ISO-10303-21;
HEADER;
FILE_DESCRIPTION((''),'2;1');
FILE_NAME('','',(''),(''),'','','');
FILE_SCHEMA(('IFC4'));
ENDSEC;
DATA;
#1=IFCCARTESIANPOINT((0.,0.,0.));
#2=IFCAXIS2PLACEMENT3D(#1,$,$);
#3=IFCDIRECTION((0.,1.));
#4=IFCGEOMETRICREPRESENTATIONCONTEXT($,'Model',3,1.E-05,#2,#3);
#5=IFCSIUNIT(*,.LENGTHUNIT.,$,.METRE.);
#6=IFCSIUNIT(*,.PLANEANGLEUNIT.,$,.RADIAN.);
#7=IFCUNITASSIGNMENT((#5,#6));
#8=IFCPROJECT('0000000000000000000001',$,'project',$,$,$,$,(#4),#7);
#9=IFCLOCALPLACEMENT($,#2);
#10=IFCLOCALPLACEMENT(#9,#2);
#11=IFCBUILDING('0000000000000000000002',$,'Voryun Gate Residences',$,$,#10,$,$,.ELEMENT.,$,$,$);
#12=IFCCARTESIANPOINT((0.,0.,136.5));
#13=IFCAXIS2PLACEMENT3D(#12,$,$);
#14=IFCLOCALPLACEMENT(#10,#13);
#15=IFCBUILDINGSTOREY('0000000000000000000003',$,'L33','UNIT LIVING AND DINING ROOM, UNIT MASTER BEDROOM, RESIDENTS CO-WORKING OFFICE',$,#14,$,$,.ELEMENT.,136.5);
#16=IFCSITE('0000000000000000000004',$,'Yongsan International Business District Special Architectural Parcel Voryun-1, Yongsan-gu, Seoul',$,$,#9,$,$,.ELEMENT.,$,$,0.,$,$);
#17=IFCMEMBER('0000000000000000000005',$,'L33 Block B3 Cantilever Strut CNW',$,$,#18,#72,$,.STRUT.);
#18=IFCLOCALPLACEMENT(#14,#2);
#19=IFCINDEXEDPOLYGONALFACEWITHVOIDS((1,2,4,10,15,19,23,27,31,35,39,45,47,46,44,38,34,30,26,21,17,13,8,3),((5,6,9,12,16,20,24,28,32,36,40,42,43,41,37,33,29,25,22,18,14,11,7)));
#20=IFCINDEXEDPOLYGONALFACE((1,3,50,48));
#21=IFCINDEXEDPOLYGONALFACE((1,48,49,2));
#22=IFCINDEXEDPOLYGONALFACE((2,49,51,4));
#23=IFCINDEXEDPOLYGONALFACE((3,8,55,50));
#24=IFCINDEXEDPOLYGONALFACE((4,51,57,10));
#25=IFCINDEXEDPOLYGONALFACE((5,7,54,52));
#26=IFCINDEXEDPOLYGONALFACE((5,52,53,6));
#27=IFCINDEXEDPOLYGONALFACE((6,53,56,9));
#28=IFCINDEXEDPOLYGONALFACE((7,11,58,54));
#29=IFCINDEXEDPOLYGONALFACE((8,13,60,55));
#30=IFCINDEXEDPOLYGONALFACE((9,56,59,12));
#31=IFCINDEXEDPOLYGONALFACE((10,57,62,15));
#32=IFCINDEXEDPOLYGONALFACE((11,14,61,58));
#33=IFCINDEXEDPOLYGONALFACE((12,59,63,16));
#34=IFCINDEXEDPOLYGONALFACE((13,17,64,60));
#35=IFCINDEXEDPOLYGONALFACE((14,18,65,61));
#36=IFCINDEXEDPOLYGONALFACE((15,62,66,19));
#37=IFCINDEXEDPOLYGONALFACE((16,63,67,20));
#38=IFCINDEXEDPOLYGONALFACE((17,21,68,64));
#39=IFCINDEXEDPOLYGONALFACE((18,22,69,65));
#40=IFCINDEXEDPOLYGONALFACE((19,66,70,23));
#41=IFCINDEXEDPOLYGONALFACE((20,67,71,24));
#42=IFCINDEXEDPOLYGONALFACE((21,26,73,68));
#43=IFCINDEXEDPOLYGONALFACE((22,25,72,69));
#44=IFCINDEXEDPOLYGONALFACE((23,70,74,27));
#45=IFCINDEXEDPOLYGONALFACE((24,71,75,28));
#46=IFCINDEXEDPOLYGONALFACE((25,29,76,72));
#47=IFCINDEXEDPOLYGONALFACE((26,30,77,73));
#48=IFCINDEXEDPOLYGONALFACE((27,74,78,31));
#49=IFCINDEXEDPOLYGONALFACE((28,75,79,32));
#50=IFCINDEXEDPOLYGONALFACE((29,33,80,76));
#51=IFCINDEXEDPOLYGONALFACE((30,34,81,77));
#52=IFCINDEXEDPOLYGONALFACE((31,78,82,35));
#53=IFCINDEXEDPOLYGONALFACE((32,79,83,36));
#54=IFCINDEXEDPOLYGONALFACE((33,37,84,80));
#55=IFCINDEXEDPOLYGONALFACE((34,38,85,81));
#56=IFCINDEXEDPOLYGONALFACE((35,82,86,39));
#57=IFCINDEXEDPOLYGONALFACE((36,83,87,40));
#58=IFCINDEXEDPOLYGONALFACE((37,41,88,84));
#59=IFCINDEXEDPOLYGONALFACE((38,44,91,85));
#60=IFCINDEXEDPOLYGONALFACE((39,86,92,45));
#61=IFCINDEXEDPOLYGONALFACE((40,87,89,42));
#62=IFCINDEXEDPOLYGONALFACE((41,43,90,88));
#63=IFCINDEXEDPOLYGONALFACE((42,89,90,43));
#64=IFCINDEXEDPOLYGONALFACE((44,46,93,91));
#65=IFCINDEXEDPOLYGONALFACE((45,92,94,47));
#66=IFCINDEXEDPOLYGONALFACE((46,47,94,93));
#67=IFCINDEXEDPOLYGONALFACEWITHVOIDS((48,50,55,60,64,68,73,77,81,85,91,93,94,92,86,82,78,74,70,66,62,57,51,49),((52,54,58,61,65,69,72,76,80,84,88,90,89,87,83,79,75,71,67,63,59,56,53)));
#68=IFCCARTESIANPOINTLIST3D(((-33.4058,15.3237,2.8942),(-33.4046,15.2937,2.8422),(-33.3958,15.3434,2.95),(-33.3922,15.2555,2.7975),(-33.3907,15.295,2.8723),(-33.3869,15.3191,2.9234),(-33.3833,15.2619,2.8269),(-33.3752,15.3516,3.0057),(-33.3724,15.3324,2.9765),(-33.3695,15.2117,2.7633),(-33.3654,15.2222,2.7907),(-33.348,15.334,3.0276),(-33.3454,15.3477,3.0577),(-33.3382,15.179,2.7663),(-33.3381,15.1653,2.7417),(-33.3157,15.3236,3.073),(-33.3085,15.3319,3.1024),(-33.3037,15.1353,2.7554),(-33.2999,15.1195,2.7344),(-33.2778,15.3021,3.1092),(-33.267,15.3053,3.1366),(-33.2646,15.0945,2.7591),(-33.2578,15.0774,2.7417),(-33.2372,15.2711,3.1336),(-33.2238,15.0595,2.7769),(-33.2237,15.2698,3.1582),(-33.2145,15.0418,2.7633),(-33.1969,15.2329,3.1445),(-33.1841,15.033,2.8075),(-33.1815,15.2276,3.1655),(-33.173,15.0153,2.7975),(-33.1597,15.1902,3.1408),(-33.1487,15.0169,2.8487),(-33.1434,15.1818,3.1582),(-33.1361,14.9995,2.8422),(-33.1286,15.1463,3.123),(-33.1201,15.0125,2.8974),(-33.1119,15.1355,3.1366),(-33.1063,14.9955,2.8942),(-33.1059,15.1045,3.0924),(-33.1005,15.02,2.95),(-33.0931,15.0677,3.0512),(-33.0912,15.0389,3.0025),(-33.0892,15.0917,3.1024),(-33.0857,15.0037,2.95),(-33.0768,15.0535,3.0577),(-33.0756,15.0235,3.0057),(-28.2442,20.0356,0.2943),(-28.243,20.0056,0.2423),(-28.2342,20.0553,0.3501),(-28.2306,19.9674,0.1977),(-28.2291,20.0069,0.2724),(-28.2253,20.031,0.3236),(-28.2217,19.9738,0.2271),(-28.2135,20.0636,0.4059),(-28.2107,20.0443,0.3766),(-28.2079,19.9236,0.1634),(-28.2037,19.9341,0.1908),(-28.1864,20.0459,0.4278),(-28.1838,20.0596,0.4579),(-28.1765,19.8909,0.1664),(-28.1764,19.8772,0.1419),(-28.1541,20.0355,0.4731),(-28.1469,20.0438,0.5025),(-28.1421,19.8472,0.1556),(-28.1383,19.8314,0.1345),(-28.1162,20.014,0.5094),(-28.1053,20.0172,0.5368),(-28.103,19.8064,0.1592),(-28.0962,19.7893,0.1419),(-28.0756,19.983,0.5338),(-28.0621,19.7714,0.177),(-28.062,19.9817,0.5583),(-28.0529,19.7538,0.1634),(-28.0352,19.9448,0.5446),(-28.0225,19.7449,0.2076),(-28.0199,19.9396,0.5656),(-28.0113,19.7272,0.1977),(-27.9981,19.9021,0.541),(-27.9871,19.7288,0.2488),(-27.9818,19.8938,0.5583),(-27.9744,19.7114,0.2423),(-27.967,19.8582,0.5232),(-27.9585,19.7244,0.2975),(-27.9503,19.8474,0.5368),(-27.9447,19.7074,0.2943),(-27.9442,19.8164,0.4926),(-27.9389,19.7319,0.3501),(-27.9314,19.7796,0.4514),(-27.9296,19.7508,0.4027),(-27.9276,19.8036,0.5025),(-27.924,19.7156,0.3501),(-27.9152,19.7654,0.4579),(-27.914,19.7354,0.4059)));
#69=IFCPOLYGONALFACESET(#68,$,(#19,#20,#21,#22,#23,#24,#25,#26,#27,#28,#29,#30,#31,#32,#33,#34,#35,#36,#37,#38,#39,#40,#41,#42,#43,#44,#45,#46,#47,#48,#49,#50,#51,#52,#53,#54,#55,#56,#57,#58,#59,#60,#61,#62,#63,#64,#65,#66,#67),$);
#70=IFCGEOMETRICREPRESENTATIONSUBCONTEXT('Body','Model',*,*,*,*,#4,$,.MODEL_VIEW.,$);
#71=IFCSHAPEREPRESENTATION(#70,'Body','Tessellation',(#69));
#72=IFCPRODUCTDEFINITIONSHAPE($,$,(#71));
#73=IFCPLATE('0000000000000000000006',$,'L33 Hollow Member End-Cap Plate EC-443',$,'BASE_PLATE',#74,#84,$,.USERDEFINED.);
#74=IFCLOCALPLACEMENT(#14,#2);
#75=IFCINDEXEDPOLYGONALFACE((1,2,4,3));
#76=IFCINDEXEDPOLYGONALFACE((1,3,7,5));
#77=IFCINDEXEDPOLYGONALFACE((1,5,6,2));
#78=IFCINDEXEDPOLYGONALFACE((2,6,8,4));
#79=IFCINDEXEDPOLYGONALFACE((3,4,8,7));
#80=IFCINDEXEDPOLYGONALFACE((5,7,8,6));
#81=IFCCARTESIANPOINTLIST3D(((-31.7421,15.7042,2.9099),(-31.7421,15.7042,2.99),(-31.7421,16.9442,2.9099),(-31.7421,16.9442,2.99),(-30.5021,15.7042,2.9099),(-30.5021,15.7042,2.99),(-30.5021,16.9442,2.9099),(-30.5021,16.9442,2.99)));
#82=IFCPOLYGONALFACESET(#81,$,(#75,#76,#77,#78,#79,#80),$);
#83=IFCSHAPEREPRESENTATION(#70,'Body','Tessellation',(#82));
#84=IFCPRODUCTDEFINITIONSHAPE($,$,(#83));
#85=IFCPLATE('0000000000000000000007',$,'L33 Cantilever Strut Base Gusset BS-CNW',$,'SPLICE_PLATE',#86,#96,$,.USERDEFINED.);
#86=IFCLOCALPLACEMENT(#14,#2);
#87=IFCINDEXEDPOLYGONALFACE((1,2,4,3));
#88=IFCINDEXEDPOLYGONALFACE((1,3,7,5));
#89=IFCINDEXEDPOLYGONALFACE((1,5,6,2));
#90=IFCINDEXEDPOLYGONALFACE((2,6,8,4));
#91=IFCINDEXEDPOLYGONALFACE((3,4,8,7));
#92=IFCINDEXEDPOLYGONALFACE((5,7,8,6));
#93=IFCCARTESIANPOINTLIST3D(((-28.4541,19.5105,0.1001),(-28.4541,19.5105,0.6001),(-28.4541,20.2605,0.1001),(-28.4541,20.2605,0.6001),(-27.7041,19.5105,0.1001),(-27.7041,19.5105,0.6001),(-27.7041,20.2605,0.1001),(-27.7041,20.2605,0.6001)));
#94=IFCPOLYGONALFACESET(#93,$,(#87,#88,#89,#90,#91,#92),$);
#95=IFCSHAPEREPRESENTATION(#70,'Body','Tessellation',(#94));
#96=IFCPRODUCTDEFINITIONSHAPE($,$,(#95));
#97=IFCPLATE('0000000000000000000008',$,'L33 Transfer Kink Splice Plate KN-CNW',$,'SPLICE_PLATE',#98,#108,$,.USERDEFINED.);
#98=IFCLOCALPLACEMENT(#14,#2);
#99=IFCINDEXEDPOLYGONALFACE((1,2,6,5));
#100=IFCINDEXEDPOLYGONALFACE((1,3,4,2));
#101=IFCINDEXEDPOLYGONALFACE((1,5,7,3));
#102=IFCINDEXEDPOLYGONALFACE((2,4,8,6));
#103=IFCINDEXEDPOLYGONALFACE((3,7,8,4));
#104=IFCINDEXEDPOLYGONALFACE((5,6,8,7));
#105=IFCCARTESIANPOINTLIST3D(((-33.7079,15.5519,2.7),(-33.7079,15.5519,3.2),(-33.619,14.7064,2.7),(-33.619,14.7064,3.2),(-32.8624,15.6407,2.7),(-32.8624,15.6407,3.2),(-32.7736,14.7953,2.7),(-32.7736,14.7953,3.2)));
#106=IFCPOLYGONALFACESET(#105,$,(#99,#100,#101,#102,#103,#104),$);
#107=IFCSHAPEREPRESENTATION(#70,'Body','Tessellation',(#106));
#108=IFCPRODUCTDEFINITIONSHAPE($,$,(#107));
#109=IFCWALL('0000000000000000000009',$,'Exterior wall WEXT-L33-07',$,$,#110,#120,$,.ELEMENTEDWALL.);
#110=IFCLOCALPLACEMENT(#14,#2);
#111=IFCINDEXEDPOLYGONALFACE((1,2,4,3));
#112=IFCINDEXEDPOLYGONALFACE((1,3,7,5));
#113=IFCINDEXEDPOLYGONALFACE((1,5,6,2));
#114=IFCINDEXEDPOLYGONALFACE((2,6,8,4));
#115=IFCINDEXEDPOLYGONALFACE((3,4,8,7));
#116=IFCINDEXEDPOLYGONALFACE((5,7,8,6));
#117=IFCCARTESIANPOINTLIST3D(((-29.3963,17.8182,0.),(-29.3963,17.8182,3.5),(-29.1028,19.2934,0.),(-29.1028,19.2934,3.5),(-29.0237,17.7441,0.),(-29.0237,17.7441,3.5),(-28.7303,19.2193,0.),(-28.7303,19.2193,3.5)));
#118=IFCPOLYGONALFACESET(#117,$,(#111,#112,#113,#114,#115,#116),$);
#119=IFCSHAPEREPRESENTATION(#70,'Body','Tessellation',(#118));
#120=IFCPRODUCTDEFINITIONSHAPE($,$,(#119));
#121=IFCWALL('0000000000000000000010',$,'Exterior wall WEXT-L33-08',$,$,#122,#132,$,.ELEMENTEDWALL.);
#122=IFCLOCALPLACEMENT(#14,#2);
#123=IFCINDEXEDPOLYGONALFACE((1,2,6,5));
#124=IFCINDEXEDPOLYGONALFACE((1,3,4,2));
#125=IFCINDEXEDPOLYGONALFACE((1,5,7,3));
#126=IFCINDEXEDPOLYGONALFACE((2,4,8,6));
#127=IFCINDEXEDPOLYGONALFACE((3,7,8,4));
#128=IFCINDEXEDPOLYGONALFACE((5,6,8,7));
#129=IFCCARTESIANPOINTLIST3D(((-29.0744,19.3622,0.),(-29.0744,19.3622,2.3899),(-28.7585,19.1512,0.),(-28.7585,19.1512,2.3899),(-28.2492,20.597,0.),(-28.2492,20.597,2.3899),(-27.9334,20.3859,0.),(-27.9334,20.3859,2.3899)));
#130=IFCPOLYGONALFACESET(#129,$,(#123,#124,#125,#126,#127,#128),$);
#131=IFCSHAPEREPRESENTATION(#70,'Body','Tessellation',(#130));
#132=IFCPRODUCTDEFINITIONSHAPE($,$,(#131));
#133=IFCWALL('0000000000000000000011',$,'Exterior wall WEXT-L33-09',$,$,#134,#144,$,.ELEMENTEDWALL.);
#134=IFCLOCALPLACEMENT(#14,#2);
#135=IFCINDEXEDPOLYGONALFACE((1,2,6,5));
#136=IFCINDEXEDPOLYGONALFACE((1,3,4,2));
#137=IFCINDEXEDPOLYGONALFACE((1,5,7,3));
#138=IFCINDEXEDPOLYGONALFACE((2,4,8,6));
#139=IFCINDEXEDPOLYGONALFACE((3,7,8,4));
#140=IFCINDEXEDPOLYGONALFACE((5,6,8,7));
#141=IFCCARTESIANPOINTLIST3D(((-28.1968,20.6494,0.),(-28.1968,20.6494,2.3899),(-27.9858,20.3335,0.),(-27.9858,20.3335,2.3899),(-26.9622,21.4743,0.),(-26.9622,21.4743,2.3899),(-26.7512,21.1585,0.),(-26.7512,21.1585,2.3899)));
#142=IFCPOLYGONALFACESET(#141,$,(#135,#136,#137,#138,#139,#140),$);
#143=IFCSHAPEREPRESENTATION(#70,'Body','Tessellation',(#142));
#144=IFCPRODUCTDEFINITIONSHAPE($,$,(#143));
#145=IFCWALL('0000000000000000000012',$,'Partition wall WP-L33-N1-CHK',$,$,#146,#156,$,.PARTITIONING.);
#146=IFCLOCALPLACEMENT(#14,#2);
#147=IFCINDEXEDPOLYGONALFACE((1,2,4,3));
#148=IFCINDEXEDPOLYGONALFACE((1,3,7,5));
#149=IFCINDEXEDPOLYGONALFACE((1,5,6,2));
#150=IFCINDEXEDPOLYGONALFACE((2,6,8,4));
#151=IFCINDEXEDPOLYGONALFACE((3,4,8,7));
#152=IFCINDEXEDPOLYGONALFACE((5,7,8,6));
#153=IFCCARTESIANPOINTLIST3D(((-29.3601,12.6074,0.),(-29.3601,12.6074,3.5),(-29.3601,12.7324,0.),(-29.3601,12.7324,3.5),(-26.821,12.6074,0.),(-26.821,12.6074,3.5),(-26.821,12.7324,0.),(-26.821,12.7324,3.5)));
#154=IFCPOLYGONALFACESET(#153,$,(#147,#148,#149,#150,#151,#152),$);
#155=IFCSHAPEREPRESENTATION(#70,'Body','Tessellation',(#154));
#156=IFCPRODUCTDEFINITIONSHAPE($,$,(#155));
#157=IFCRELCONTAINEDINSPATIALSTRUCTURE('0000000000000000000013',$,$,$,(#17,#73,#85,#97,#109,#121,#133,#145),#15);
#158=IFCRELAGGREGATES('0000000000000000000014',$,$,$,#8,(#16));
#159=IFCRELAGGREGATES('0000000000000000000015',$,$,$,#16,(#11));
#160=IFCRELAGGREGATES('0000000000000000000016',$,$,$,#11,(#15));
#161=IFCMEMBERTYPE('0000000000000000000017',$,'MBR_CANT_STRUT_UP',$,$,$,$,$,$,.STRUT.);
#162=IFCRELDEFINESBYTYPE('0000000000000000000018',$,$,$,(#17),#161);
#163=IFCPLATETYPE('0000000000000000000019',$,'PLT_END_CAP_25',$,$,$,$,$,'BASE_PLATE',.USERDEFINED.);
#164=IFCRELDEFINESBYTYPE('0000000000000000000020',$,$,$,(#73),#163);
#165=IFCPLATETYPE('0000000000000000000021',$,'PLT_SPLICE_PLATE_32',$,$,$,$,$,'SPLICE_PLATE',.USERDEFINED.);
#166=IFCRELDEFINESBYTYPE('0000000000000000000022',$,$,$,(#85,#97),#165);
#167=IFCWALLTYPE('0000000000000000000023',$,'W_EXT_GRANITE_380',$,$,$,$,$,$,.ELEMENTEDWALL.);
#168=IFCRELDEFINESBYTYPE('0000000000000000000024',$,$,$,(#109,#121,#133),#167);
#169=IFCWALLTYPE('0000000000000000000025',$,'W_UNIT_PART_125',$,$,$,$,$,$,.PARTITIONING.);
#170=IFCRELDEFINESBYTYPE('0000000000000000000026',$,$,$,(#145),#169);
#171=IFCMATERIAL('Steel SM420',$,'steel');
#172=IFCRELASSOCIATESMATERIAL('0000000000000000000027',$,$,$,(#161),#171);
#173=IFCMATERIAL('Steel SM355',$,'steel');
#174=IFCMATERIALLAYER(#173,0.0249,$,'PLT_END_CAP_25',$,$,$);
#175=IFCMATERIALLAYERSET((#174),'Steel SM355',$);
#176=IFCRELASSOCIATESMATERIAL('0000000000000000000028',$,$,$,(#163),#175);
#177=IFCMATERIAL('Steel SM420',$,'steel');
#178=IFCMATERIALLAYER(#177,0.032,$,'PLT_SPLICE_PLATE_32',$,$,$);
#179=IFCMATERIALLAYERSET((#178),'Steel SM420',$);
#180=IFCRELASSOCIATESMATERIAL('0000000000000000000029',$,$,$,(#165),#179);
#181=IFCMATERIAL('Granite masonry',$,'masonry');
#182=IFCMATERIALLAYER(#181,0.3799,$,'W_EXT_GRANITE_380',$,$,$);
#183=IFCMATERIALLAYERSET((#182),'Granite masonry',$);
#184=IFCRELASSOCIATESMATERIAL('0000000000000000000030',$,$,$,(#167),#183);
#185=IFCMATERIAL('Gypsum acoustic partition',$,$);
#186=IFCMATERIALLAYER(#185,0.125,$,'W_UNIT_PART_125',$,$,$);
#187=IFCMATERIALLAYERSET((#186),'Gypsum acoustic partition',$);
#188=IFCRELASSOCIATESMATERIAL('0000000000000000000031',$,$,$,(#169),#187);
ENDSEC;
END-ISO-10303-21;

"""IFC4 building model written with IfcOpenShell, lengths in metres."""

from ifc_helpers import new_model, si_unit, direction, frame, frame_2d, origin, origin_2d, place, context, subcontext, project, spatial, rectangle, hollow_circle, extrude, material, layer, layer_set, material_profile, profile_set, type_object, element, save


model = new_model("IFC4")

# Units and contexts
model_context = context("Model", 3, precision=1e-05, world=origin(), true_north=direction((0.0, 1.0)))
body_context = subcontext(model_context, "Body", "Model", "MODEL_VIEW")
ifc_project = project(units=[si_unit("LENGTHUNIT", "METRE"), si_unit("PLANEANGLEUNIT", "RADIAN")], contexts=[model_context])

# Site, building, storey
site_placement = place(None, origin())
site = spatial("IfcSite", under=ifc_project, at=site_placement, Name="Yongsan International Business District Special Architectural Parcel Voryun-1, Yongsan-gu, Seoul", CompositionType="ELEMENT", RefElevation=0.0)
building_placement = place(site_placement, origin())
building = spatial("IfcBuilding", under=site, at=building_placement, Name="Voryun Gate Residences", CompositionType="ELEMENT")
storey_placement = place(building_placement, frame((0.0, 0.0, 136.5)))
storey = spatial("IfcBuildingStorey", under=building, at=storey_placement, Name="L33", Description="UNIT LIVING AND DINING ROOM, UNIT MASTER BEDROOM, RESIDENTS CO-WORKING OFFICE", CompositionType="ELEMENT", Elevation=136.5)

# Member
ifc_material_1 = material(Name="Steel SM420", Category="steel")
ifc_material_profile_1 = material_profile(ifc_material_1, hollow_circle(Radius=0.23, WallThickness=0.022, at=origin_2d()), Name="CHS-460x22")
ifc_profile_set_1 = profile_set([ifc_material_profile_1], Name="Steel SM420")
member_type = type_object("IfcMemberType", Name="MBR_CANT_STRUT_UP", PredefinedType="STRUT", material=ifc_profile_set_1)
member_placement = place(storey_placement, frame((-28.0791, 19.8855, 0.3501), z_axis=(-0.692204, -0.631896, 0.348656), x_axis=(0.674201, -0.738548, 0.0)))
element("IfcMember", 1, at=member_placement, inside=storey, type_object=member_type, Name="L33 Block B3 Cantilever Strut CNW", PredefinedType="STRUT", context=body_context, shape_type="SweptSolid", body=[
    extrude(hollow_circle(Radius=0.23, WallThickness=0.022, at=origin_2d()), origin(), (0.0, 0.0, 1.0), 7.4568),
])

# Plates
ifc_material_2 = material(Name="Steel SM355", Category="steel")
ifc_layer_1 = layer(ifc_material_2, 0.0249, Name="PLT_END_CAP_25")
ifc_layer_set_1 = layer_set([ifc_layer_1], Name="Steel SM355")
plate_type_1 = type_object("IfcPlateType", Name="PLT_END_CAP_25", ElementType="BASE_PLATE", PredefinedType="USERDEFINED", material=ifc_layer_set_1)
plate_1_placement = place(storey_placement, frame((-31.1221, 16.3242, 2.9099), z_axis=(0.0, 0.0, 1.0), x_axis=(1.0, 0.0, 0.0)))
element("IfcPlate", 2, at=plate_1_placement, inside=storey, type_object=plate_type_1, Name="L33 Hollow Member End-Cap Plate EC-443", ObjectType="BASE_PLATE", PredefinedType="USERDEFINED", context=body_context, shape_type="SweptSolid", body=[
    extrude(rectangle(XDim=1.24, YDim=1.24, at=origin_2d()), origin(), (0.0, 0.0, 1.0), 0.0801),
])
ifc_material_3 = material(Name="Steel SM420", Category="steel")
ifc_layer_2 = layer(ifc_material_3, 0.032, Name="PLT_SPLICE_PLATE_32")
ifc_layer_set_2 = layer_set([ifc_layer_2], Name="Steel SM420")
plate_type_2 = type_object("IfcPlateType", Name="PLT_SPLICE_PLATE_32", ElementType="SPLICE_PLATE", PredefinedType="USERDEFINED", material=ifc_layer_set_2)
plate_2_placement = place(storey_placement, frame((-28.0791, 19.8855, 0.1001), z_axis=(0.0, 0.0, 1.0), x_axis=(1.0, 0.0, 0.0)))
element("IfcPlate", 3, at=plate_2_placement, inside=storey, type_object=plate_type_2, Name="L33 Cantilever Strut Base Gusset BS-CNW", ObjectType="SPLICE_PLATE", PredefinedType="USERDEFINED", context=body_context, shape_type="SweptSolid", body=[
    extrude(rectangle(XDim=0.75, YDim=0.75, at=origin_2d()), origin(), (0.0, 0.0, 1.0), 0.5),
])
plate_3_placement = place(storey_placement, frame((-33.2407, 15.1736, 2.7), z_axis=(0.0, 0.0, 1.0), x_axis=(0.994522, 0.104528, 0.0)))
element("IfcPlate", 4, at=plate_3_placement, inside=storey, type_object=plate_type_2, Name="L33 Transfer Kink Splice Plate KN-CNW", ObjectType="SPLICE_PLATE", PredefinedType="USERDEFINED", context=body_context, shape_type="SweptSolid", body=[
    extrude(rectangle(XDim=0.8501, YDim=0.8501, at=origin_2d()), origin(), (0.0, 0.0, 1.0), 0.5),
])

# Walls
ifc_material_4 = material(Name="Granite masonry", Category="masonry")
ifc_layer_3 = layer(ifc_material_4, 0.3799, Name="W_EXT_GRANITE_380")
ifc_layer_set_3 = layer_set([ifc_layer_3], Name="Granite masonry")
wall_type_1 = type_object("IfcWallType", Name="W_EXT_GRANITE_380", PredefinedType="ELEMENTEDWALL", material=ifc_layer_set_3)
wall_1_placement = place(storey_placement, frame((-29.21, 17.7812, 0.0), z_axis=(0.0, 0.0, 1.0), x_axis=(0.195086, 0.980786, 0.0)))
element("IfcWall", 5, at=wall_1_placement, inside=storey, type_object=wall_type_1, Name="Exterior wall WEXT-L33-07", PredefinedType="ELEMENTEDWALL", context=body_context, shape_type="SweptSolid", body=[
    extrude(rectangle(XDim=1.5042, YDim=0.3799, at=frame_2d((0.752, 0.0))), origin(), (0.0, 0.0, 1.0), 3.5),
])
wall_2_placement = place(storey_placement, frame((-28.9165, 19.2566, 0.0), z_axis=(0.0, 0.0, 1.0), x_axis=(0.55561, 0.831443, 0.0)))
element("IfcWall", 6, at=wall_2_placement, inside=storey, type_object=wall_type_1, Name="Exterior wall WEXT-L33-08", PredefinedType="ELEMENTEDWALL", context=body_context, shape_type="SweptSolid", body=[
    extrude(rectangle(XDim=1.4851, YDim=0.3799, at=frame_2d((0.7427, 0.0))), origin(), (0.0, 0.0, 1.0), 2.3899),
])
wall_3_placement = place(storey_placement, frame((-28.0913, 20.4915, 0.0), z_axis=(0.0, 0.0, 1.0), x_axis=(0.831468, 0.555573, 0.0)))
element("IfcWall", 7, at=wall_3_placement, inside=storey, type_object=wall_type_1, Name="Exterior wall WEXT-L33-09", PredefinedType="ELEMENTEDWALL", context=body_context, shape_type="SweptSolid", body=[
    extrude(rectangle(XDim=1.4849, YDim=0.3799, at=frame_2d((0.7424, 0.0))), origin(), (0.0, 0.0, 1.0), 2.3899),
])
ifc_material_5 = material(Name="Gypsum acoustic partition")
ifc_layer_4 = layer(ifc_material_5, 0.125, Name="W_UNIT_PART_125")
ifc_layer_set_4 = layer_set([ifc_layer_4], Name="Gypsum acoustic partition")
wall_type_2 = type_object("IfcWallType", Name="W_UNIT_PART_125", PredefinedType="PARTITIONING", material=ifc_layer_set_4)
wall_4_placement = place(storey_placement, frame((-29.3601, 12.6699, 0.0), z_axis=(0.0, 0.0, 1.0), x_axis=(1.0, 0.0, 0.0)))
element("IfcWall", 8, at=wall_4_placement, inside=storey, type_object=wall_type_2, Name="Partition wall WP-L33-N1-CHK", PredefinedType="PARTITIONING", context=body_context, shape_type="SweptSolid", body=[
    extrude(rectangle(XDim=2.5391, YDim=0.125, at=frame_2d((1.2695, 0.0))), origin(), (0.0, 0.0, 1.0), 3.5),
])

save(model, "model.ifc")
